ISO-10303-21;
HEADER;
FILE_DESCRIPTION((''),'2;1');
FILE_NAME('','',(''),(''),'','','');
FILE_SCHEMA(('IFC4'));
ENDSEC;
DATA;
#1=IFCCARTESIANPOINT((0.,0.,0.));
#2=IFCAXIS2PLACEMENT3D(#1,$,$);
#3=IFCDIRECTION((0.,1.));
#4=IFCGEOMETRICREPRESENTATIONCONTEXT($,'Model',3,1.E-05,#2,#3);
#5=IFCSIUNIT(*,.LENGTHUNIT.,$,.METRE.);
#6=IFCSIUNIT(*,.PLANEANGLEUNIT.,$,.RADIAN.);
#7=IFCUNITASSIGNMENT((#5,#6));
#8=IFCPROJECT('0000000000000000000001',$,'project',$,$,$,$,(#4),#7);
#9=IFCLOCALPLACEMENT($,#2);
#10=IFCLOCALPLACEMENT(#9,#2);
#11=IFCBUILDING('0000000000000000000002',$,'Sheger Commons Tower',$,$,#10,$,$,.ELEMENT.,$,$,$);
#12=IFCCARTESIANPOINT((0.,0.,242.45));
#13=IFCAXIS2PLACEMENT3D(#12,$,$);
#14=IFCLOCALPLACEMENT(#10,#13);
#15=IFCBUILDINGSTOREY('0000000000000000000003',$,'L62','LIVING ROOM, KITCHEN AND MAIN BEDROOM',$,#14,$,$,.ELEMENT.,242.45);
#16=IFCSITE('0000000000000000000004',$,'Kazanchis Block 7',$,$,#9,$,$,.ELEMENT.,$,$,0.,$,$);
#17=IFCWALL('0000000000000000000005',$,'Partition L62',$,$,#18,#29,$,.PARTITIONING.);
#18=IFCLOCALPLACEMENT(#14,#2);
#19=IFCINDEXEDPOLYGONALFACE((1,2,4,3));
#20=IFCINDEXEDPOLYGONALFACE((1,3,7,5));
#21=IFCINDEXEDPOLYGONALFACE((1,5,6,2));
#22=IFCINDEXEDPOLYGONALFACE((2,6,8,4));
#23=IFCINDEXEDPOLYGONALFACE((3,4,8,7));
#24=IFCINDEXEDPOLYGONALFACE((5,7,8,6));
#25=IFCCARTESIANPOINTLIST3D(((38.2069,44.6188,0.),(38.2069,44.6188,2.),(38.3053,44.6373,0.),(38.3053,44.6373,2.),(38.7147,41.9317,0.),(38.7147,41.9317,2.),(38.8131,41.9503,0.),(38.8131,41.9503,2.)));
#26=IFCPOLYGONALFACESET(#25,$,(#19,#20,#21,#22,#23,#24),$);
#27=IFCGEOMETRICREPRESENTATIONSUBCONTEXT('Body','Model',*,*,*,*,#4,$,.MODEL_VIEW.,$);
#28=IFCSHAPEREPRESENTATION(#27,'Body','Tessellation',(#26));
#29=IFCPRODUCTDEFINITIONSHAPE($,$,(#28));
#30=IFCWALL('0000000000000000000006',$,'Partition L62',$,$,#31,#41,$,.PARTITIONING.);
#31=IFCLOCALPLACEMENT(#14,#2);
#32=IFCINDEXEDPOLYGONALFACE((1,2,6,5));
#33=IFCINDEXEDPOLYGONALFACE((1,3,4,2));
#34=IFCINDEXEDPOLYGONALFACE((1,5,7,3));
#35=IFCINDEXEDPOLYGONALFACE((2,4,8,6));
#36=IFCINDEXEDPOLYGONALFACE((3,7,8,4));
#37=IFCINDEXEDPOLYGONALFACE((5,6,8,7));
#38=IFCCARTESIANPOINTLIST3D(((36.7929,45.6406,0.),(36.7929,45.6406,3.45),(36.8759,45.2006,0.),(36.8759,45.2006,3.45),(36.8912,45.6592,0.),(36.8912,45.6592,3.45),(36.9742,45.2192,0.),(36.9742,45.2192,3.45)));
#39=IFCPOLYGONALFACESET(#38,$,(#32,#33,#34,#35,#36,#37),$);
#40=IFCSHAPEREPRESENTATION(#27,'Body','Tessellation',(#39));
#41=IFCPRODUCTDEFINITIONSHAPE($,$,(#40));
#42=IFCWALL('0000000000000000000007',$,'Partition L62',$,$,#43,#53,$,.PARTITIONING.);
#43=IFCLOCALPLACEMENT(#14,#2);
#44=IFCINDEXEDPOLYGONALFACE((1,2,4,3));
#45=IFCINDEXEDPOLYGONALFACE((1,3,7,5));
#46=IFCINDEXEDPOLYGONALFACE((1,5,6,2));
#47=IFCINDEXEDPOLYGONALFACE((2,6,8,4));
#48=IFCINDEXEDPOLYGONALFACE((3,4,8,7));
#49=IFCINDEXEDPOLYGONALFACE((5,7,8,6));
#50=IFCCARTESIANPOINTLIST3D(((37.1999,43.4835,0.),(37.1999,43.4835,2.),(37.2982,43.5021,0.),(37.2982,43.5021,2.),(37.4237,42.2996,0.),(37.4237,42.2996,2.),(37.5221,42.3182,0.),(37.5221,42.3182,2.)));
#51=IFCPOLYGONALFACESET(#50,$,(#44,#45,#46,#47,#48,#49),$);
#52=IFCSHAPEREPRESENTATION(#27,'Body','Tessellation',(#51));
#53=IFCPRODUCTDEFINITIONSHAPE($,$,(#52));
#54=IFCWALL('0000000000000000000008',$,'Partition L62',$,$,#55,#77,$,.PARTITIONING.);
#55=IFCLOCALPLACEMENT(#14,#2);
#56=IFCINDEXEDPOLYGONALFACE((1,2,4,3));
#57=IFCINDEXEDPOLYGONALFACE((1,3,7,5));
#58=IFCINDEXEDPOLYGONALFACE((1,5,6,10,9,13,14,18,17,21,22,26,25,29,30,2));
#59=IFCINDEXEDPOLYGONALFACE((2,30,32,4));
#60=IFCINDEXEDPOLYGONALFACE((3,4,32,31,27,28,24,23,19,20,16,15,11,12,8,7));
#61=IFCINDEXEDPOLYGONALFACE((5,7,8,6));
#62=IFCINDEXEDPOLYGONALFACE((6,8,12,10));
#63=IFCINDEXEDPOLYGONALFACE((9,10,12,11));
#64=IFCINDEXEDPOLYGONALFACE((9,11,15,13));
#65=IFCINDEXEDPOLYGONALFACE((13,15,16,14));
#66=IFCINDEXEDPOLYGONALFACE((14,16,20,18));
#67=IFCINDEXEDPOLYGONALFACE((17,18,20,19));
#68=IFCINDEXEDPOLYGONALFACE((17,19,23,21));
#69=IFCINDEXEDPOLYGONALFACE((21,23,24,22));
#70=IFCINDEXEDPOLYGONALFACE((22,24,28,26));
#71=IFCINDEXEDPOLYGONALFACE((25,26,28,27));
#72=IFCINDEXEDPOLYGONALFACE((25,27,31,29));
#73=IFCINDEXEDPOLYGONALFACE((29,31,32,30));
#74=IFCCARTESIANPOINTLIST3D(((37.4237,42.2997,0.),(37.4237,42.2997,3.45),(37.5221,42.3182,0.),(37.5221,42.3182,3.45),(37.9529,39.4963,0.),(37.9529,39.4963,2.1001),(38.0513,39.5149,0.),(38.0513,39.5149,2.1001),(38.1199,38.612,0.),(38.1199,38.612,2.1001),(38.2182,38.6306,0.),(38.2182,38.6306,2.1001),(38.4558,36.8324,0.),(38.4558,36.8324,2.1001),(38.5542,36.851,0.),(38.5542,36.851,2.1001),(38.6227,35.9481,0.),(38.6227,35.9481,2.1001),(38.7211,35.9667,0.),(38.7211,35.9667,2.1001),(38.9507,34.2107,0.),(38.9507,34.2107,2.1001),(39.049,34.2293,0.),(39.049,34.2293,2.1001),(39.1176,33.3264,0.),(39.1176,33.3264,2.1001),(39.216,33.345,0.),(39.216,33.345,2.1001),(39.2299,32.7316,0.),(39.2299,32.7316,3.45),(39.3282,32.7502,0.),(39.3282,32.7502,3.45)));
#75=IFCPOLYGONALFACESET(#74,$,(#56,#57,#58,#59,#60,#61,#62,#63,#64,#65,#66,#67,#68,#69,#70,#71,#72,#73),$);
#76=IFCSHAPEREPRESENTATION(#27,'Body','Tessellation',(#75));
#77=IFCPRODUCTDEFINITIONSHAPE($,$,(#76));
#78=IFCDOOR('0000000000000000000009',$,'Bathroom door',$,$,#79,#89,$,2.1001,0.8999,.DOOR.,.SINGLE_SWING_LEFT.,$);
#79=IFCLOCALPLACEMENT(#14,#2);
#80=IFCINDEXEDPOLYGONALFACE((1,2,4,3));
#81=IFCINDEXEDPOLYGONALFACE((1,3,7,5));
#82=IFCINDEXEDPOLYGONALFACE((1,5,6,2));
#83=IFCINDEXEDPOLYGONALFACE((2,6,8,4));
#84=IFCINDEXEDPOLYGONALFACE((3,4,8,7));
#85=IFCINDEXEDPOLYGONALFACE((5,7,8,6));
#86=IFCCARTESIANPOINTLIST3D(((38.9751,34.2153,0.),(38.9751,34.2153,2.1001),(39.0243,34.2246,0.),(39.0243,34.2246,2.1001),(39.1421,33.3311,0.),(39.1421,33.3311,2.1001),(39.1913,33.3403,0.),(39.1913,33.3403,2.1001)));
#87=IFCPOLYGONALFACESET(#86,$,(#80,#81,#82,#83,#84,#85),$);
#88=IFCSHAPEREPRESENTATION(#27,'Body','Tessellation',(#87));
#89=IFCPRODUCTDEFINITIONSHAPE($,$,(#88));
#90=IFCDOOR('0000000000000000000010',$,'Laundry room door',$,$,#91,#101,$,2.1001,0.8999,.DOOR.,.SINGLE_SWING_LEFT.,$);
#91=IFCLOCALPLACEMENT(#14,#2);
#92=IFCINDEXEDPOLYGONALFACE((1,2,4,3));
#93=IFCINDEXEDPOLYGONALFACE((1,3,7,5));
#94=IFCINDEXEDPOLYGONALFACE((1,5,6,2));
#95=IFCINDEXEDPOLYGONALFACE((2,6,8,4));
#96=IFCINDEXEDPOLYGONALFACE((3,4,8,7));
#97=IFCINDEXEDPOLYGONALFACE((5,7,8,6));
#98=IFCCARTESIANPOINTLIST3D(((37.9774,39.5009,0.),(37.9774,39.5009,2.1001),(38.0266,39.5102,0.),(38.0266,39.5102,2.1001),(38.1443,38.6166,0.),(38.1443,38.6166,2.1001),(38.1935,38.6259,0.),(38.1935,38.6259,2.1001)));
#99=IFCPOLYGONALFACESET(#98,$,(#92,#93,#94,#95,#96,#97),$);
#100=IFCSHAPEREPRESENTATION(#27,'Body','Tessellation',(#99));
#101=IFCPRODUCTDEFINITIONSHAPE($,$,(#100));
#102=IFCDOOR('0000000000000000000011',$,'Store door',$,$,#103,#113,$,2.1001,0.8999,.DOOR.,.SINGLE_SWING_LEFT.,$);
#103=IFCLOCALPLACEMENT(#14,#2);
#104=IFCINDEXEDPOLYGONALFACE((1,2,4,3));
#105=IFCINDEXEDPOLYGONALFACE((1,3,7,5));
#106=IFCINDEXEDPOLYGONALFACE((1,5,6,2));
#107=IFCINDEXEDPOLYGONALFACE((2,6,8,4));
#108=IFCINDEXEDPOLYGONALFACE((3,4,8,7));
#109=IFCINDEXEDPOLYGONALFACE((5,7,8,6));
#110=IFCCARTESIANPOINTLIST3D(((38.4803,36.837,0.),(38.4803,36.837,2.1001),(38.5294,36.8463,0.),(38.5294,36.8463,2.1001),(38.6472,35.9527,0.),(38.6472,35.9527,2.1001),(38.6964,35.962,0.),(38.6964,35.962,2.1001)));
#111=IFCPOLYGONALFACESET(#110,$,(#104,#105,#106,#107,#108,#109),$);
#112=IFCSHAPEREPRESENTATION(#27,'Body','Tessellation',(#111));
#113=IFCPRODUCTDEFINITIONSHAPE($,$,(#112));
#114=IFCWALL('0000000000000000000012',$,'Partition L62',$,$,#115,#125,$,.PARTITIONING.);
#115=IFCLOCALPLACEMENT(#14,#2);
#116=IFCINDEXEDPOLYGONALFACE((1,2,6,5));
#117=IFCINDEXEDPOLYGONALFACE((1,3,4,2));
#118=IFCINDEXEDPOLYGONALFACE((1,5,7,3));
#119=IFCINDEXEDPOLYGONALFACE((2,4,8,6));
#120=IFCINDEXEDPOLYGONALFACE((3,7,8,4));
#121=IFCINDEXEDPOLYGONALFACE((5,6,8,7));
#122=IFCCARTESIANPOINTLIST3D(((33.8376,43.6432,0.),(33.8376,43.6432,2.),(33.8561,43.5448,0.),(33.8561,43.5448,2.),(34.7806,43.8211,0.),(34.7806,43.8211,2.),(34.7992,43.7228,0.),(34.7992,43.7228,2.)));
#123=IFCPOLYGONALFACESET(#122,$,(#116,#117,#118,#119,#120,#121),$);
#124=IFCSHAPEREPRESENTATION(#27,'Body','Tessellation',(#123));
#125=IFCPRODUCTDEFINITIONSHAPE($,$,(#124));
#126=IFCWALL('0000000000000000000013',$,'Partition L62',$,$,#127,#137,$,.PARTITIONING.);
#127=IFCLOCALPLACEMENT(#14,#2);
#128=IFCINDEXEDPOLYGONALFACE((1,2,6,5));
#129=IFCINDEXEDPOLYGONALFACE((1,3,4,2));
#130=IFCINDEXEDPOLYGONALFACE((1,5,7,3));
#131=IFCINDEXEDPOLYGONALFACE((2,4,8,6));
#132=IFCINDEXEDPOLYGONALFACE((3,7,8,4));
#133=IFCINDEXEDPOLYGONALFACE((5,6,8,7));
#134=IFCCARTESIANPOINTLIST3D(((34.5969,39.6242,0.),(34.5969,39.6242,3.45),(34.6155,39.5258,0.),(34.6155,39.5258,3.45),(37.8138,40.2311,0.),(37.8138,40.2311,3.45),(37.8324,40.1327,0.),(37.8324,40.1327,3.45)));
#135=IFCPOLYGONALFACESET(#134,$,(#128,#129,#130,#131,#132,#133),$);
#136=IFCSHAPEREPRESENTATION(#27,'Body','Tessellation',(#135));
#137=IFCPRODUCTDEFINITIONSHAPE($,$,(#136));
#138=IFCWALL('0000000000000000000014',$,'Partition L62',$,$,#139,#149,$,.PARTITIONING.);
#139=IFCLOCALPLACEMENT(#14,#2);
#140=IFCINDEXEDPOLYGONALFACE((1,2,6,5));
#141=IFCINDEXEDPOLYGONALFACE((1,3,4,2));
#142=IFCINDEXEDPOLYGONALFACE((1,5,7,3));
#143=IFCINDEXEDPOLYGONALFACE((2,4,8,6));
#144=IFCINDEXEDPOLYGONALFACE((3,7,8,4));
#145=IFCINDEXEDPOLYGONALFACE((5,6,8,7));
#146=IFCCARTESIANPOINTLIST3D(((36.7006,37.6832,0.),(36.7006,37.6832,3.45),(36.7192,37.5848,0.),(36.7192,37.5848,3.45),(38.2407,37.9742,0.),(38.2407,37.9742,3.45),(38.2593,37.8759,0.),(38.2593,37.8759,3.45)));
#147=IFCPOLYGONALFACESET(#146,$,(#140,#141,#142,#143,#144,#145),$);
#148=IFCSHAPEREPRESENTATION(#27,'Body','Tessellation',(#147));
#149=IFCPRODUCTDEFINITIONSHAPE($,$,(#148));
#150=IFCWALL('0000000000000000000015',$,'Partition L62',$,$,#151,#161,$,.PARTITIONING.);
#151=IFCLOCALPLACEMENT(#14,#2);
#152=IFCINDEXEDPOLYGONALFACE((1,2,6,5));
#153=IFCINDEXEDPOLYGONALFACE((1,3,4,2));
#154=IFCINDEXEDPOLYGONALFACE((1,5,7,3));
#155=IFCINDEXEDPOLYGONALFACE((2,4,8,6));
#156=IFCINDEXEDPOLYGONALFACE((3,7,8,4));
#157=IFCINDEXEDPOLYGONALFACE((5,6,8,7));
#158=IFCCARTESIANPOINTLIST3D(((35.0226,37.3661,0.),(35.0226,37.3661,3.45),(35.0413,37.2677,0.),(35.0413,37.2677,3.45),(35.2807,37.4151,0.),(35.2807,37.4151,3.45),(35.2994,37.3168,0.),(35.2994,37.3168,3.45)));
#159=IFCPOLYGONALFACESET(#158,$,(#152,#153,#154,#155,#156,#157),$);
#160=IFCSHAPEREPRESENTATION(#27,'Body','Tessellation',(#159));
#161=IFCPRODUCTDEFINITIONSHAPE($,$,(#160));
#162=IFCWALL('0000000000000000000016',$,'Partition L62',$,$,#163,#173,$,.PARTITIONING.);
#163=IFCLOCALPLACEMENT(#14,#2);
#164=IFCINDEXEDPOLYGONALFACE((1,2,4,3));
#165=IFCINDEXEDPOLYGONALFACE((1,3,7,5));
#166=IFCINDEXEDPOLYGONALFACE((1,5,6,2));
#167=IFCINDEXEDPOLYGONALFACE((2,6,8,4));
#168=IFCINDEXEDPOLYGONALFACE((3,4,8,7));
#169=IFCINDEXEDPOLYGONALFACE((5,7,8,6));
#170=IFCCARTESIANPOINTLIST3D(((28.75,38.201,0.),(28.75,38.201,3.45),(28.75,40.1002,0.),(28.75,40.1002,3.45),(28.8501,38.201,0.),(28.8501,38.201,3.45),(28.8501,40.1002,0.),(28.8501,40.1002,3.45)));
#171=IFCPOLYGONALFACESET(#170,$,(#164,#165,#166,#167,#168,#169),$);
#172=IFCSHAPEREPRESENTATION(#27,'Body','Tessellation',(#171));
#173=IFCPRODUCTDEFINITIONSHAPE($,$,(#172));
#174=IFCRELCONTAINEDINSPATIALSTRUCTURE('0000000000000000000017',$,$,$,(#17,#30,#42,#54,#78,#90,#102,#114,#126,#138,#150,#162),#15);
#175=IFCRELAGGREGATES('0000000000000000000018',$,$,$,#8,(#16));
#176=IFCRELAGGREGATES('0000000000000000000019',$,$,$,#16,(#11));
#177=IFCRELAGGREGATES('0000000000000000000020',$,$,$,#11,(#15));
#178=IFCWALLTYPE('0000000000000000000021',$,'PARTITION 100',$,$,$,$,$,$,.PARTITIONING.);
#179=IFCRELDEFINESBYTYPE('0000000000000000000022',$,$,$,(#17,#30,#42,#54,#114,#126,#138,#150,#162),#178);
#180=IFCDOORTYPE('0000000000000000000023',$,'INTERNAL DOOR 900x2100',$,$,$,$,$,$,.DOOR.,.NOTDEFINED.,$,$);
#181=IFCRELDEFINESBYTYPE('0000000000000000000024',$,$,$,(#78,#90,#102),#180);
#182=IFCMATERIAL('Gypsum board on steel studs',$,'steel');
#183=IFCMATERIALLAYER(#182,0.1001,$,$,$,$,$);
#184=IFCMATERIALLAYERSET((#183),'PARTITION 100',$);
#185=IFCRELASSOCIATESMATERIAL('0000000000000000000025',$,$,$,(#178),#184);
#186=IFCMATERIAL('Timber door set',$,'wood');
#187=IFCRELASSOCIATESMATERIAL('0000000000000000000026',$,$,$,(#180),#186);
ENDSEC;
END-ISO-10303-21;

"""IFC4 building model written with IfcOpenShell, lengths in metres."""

from ifc_helpers import new_model, si_unit, direction, frame, frame_2d, origin, place, context, subcontext, project, spatial, rectangle, extrude, material, layer, layer_set, type_object, element, fill, save


model = new_model("IFC4")

# Units and contexts
model_context = context("Model", 3, precision=1e-05, world=origin(), true_north=direction((0.0, 1.0)))
body_context = subcontext(model_context, "Body", "Model", "MODEL_VIEW")
ifc_project = project(units=[si_unit("LENGTHUNIT", "METRE"), si_unit("PLANEANGLEUNIT", "RADIAN")], contexts=[model_context])

# Site, building, storey
site_placement = place(None, origin())
site = spatial("IfcSite", under=ifc_project, at=site_placement, Name="Kazanchis Block 7", CompositionType="ELEMENT", RefElevation=0.0)
building_placement = place(site_placement, origin())
building = spatial("IfcBuilding", under=site, at=building_placement, Name="Sheger Commons Tower", CompositionType="ELEMENT")
storey_placement = place(building_placement, frame((0.0, 0.0, 242.45)))
storey = spatial("IfcBuildingStorey", under=building, at=storey_placement, Name="L62", Description="LIVING ROOM, KITCHEN AND MAIN BEDROOM", CompositionType="ELEMENT", Elevation=242.45)

# Walls
ifc_material_1 = material(Name="Gypsum board on steel studs", Category="steel")
ifc_layer_1 = layer(ifc_material_1, 0.1001)
ifc_layer_set_1 = layer_set([ifc_layer_1], Name="PARTITION 100")
wall_type_1 = type_object("IfcWallType", Name="PARTITION 100", PredefinedType="PARTITIONING", material=ifc_layer_set_1)
wall_1_placement = place(storey_placement, frame((38.2561, 44.6279, 0.0), z_axis=(0.0, 0.0, 1.0), x_axis=(0.185701, -0.982606, 0.0)))
element("IfcWall", 1, at=wall_1_placement, inside=storey, type_object=wall_type_1, Name="Partition L62", PredefinedType="PARTITIONING", context=body_context, shape_type="SweptSolid", body=[
    extrude(rectangle(XDim=2.7346, YDim=0.1001, at=frame_2d((1.3672, 0.0))), origin(), (0.0, 0.0, 1.0), 2.0),
])
wall_2_placement = place(storey_placement, frame((36.842, 45.6499, 0.0), z_axis=(0.0, 0.0, 1.0), x_axis=(0.185408, -0.982662, 0.0)))
element("IfcWall", 2, at=wall_2_placement, inside=storey, type_object=wall_type_1, Name="Partition L62", PredefinedType="PARTITIONING", context=body_context, shape_type="SweptSolid", body=[
    extrude(rectangle(XDim=0.4478, YDim=0.1001, at=frame_2d((0.2239, 0.0))), origin(), (0.0, 0.0, 1.0), 3.45),
])
wall_3_placement = place(storey_placement, frame((37.249, 43.4929, 0.0), z_axis=(0.0, 0.0, 1.0), x_axis=(0.185818, -0.982584, 0.0)))
element("IfcWall", 3, at=wall_3_placement, inside=storey, type_object=wall_type_1, Name="Partition L62", PredefinedType="PARTITIONING", context=body_context, shape_type="SweptSolid", body=[
    extrude(rectangle(XDim=1.2048, YDim=0.1001, at=frame_2d((0.6025, 0.0))), origin(), (0.0, 0.0, 1.0), 2.0),
])

# Wall, openings, doors
wall_4_placement = place(storey_placement, frame((37.4729, 42.3091, 0.0), z_axis=(0.0, 0.0, 1.0), x_axis=(0.185492, -0.982646, 0.0)))
wall_4 = element("IfcWall", 4, at=wall_4_placement, inside=storey, type_object=wall_type_1, Name="Partition L62", PredefinedType="PARTITIONING", context=body_context, shape_type="SweptSolid", body=[
    extrude(rectangle(XDim=9.7371, YDim=0.1001, at=frame_2d((4.8687, 0.0))), origin(), (0.0, 0.0, 1.0), 3.45),
])
opening_1_placement = place(wall_4_placement, frame((8.2319, 0.0, 0.0)))
opening_1 = element("IfcOpeningElement", 5, at=opening_1_placement, cuts=wall_4, PredefinedType="OPENING", context=body_context, shape_type="SweptSolid", body=[
    extrude(rectangle(XDim=0.8999, YDim=2.1001, at=frame_2d((0.45, 1.05))), frame((0.0, 0.0601, 0.0), z_axis=(0.0, -1.0, 0.0), x_axis=(1.0, 0.0, 0.0)), (0.0, 0.0, 1.0), 0.1201),
])
opening_2_placement = place(wall_4_placement, frame((2.853, 0.0, 0.0)))
opening_2 = element("IfcOpeningElement", 6, at=opening_2_placement, cuts=wall_4, PredefinedType="OPENING", context=body_context, shape_type="SweptSolid", body=[
    extrude(rectangle(XDim=0.8999, YDim=2.1001, at=frame_2d((0.45, 1.05))), frame((0.0, 0.0601, 0.0), z_axis=(0.0, -1.0, 0.0), x_axis=(1.0, 0.0, 0.0)), (0.0, 0.0, 1.0), 0.1201),
])
opening_3_placement = place(wall_4_placement, frame((5.564, 0.0, 0.0)))
opening_3 = element("IfcOpeningElement", 7, at=opening_3_placement, cuts=wall_4, PredefinedType="OPENING", context=body_context, shape_type="SweptSolid", body=[
    extrude(rectangle(XDim=0.8999, YDim=2.1001, at=frame_2d((0.45, 1.05))), frame((0.0, 0.0601, 0.0), z_axis=(0.0, -1.0, 0.0), x_axis=(1.0, 0.0, 0.0)), (0.0, 0.0, 1.0), 0.1201),
])
ifc_material_2 = material(Name="Timber door set", Category="wood")
door_type_1 = type_object("IfcDoorType", Name="INTERNAL DOOR 900x2100", OperationType="NOTDEFINED", PredefinedType="DOOR", material=ifc_material_2)
door_1_placement = place(opening_1_placement, origin())
door_1 = element("IfcDoor", 8, at=door_1_placement, inside=storey, type_object=door_type_1, Name="Bathroom door", OperationType="SINGLE_SWING_LEFT", OverallHeight=2.1001, OverallWidth=0.8999, PredefinedType="DOOR", context=body_context, shape_type="SweptSolid", body=[
    extrude(rectangle(XDim=0.8999, YDim=2.1001, at=frame_2d((0.45, 1.05))), frame((0.0, 0.0249, 0.0), z_axis=(0.0, -1.0, 0.0), x_axis=(1.0, 0.0, 0.0)), (0.0, 0.0, 1.0), 0.05),
])
fill(opening_1, door_1)
door_2_placement = place(opening_2_placement, origin())
door_2 = element("IfcDoor", 9, at=door_2_placement, inside=storey, type_object=door_type_1, Name="Laundry room door", OperationType="SINGLE_SWING_LEFT", OverallHeight=2.1001, OverallWidth=0.8999, PredefinedType="DOOR", context=body_context, shape_type="SweptSolid", body=[
    extrude(rectangle(XDim=0.8999, YDim=2.1001, at=frame_2d((0.45, 1.05))), frame((0.0, 0.0249, 0.0), z_axis=(0.0, -1.0, 0.0), x_axis=(1.0, 0.0, 0.0)), (0.0, 0.0, 1.0), 0.05),
])
fill(opening_2, door_2)
door_3_placement = place(opening_3_placement, origin())
door_3 = element("IfcDoor", 10, at=door_3_placement, inside=storey, type_object=door_type_1, Name="Store door", OperationType="SINGLE_SWING_LEFT", OverallHeight=2.1001, OverallWidth=0.8999, PredefinedType="DOOR", context=body_context, shape_type="SweptSolid", body=[
    extrude(rectangle(XDim=0.8999, YDim=2.1001, at=frame_2d((0.45, 1.05))), frame((0.0, 0.0249, 0.0), z_axis=(0.0, -1.0, 0.0), x_axis=(1.0, 0.0, 0.0)), (0.0, 0.0, 1.0), 0.05),
])
fill(opening_3, door_3)

# Walls
wall_5_placement = place(storey_placement, frame((34.79, 43.772, 0.0), z_axis=(0.0, 0.0, 1.0), x_axis=(-0.982656, -0.18544, 0.0)))
element("IfcWall", 11, at=wall_5_placement, inside=storey, type_object=wall_type_1, Name="Partition L62", PredefinedType="PARTITIONING", context=body_context, shape_type="SweptSolid", body=[
    extrude(rectangle(XDim=0.9597, YDim=0.1001, at=frame_2d((0.48, 0.0))), origin(), (0.0, 0.0, 1.0), 2.0),
])
wall_6_placement = place(storey_placement, frame((37.823, 40.1819, 0.0), z_axis=(0.0, 0.0, 1.0), x_axis=(-0.982665, -0.185392, 0.0)))
element("IfcWall", 12, at=wall_6_placement, inside=storey, type_object=wall_type_1, Name="Partition L62", PredefinedType="PARTITIONING", context=body_context, shape_type="SweptSolid", body=[
    extrude(rectangle(XDim=3.2737, YDim=0.1001, at=frame_2d((1.6367, 0.0))), origin(), (0.0, 0.0, 1.0), 3.45),
])
wall_7_placement = place(storey_placement, frame((38.25, 37.925, 0.0), z_axis=(0.0, 0.0, 1.0), x_axis=(-0.98261, -0.18568, 0.0)))
element("IfcWall", 13, at=wall_7_placement, inside=storey, type_object=wall_type_1, Name="Partition L62", PredefinedType="PARTITIONING", context=body_context, shape_type="SweptSolid", body=[
    extrude(rectangle(XDim=1.5674, YDim=0.1001, at=frame_2d((0.7837, 0.0))), origin(), (0.0, 0.0, 1.0), 3.45),
])
wall_8_placement = place(storey_placement, frame((35.29, 37.366, 0.0), z_axis=(0.0, 0.0, 1.0), x_axis=(-0.982395, -0.186813, 0.0)))
element("IfcWall", 14, at=wall_8_placement, inside=storey, type_object=wall_type_1, Name="Partition L62", PredefinedType="PARTITIONING", context=body_context, shape_type="SweptSolid", body=[
    extrude(rectangle(XDim=0.2627, YDim=0.1001, at=frame_2d((0.1313, 0.0))), origin(), (0.0, 0.0, 1.0), 3.45),
])
wall_9_placement = place(storey_placement, frame((28.8, 38.2009, 0.0), z_axis=(0.0, 0.0, 1.0), x_axis=(0.0, 1.0, 0.0)))
element("IfcWall", 15, at=wall_9_placement, inside=storey, type_object=wall_type_1, Name="Partition L62", PredefinedType="PARTITIONING", context=body_context, shape_type="SweptSolid", body=[
    extrude(rectangle(XDim=1.8992, YDim=0.1001, at=frame_2d((0.9497, 0.0))), origin(), (0.0, 0.0, 1.0), 3.45),
])

save(model, "model.ifc")
